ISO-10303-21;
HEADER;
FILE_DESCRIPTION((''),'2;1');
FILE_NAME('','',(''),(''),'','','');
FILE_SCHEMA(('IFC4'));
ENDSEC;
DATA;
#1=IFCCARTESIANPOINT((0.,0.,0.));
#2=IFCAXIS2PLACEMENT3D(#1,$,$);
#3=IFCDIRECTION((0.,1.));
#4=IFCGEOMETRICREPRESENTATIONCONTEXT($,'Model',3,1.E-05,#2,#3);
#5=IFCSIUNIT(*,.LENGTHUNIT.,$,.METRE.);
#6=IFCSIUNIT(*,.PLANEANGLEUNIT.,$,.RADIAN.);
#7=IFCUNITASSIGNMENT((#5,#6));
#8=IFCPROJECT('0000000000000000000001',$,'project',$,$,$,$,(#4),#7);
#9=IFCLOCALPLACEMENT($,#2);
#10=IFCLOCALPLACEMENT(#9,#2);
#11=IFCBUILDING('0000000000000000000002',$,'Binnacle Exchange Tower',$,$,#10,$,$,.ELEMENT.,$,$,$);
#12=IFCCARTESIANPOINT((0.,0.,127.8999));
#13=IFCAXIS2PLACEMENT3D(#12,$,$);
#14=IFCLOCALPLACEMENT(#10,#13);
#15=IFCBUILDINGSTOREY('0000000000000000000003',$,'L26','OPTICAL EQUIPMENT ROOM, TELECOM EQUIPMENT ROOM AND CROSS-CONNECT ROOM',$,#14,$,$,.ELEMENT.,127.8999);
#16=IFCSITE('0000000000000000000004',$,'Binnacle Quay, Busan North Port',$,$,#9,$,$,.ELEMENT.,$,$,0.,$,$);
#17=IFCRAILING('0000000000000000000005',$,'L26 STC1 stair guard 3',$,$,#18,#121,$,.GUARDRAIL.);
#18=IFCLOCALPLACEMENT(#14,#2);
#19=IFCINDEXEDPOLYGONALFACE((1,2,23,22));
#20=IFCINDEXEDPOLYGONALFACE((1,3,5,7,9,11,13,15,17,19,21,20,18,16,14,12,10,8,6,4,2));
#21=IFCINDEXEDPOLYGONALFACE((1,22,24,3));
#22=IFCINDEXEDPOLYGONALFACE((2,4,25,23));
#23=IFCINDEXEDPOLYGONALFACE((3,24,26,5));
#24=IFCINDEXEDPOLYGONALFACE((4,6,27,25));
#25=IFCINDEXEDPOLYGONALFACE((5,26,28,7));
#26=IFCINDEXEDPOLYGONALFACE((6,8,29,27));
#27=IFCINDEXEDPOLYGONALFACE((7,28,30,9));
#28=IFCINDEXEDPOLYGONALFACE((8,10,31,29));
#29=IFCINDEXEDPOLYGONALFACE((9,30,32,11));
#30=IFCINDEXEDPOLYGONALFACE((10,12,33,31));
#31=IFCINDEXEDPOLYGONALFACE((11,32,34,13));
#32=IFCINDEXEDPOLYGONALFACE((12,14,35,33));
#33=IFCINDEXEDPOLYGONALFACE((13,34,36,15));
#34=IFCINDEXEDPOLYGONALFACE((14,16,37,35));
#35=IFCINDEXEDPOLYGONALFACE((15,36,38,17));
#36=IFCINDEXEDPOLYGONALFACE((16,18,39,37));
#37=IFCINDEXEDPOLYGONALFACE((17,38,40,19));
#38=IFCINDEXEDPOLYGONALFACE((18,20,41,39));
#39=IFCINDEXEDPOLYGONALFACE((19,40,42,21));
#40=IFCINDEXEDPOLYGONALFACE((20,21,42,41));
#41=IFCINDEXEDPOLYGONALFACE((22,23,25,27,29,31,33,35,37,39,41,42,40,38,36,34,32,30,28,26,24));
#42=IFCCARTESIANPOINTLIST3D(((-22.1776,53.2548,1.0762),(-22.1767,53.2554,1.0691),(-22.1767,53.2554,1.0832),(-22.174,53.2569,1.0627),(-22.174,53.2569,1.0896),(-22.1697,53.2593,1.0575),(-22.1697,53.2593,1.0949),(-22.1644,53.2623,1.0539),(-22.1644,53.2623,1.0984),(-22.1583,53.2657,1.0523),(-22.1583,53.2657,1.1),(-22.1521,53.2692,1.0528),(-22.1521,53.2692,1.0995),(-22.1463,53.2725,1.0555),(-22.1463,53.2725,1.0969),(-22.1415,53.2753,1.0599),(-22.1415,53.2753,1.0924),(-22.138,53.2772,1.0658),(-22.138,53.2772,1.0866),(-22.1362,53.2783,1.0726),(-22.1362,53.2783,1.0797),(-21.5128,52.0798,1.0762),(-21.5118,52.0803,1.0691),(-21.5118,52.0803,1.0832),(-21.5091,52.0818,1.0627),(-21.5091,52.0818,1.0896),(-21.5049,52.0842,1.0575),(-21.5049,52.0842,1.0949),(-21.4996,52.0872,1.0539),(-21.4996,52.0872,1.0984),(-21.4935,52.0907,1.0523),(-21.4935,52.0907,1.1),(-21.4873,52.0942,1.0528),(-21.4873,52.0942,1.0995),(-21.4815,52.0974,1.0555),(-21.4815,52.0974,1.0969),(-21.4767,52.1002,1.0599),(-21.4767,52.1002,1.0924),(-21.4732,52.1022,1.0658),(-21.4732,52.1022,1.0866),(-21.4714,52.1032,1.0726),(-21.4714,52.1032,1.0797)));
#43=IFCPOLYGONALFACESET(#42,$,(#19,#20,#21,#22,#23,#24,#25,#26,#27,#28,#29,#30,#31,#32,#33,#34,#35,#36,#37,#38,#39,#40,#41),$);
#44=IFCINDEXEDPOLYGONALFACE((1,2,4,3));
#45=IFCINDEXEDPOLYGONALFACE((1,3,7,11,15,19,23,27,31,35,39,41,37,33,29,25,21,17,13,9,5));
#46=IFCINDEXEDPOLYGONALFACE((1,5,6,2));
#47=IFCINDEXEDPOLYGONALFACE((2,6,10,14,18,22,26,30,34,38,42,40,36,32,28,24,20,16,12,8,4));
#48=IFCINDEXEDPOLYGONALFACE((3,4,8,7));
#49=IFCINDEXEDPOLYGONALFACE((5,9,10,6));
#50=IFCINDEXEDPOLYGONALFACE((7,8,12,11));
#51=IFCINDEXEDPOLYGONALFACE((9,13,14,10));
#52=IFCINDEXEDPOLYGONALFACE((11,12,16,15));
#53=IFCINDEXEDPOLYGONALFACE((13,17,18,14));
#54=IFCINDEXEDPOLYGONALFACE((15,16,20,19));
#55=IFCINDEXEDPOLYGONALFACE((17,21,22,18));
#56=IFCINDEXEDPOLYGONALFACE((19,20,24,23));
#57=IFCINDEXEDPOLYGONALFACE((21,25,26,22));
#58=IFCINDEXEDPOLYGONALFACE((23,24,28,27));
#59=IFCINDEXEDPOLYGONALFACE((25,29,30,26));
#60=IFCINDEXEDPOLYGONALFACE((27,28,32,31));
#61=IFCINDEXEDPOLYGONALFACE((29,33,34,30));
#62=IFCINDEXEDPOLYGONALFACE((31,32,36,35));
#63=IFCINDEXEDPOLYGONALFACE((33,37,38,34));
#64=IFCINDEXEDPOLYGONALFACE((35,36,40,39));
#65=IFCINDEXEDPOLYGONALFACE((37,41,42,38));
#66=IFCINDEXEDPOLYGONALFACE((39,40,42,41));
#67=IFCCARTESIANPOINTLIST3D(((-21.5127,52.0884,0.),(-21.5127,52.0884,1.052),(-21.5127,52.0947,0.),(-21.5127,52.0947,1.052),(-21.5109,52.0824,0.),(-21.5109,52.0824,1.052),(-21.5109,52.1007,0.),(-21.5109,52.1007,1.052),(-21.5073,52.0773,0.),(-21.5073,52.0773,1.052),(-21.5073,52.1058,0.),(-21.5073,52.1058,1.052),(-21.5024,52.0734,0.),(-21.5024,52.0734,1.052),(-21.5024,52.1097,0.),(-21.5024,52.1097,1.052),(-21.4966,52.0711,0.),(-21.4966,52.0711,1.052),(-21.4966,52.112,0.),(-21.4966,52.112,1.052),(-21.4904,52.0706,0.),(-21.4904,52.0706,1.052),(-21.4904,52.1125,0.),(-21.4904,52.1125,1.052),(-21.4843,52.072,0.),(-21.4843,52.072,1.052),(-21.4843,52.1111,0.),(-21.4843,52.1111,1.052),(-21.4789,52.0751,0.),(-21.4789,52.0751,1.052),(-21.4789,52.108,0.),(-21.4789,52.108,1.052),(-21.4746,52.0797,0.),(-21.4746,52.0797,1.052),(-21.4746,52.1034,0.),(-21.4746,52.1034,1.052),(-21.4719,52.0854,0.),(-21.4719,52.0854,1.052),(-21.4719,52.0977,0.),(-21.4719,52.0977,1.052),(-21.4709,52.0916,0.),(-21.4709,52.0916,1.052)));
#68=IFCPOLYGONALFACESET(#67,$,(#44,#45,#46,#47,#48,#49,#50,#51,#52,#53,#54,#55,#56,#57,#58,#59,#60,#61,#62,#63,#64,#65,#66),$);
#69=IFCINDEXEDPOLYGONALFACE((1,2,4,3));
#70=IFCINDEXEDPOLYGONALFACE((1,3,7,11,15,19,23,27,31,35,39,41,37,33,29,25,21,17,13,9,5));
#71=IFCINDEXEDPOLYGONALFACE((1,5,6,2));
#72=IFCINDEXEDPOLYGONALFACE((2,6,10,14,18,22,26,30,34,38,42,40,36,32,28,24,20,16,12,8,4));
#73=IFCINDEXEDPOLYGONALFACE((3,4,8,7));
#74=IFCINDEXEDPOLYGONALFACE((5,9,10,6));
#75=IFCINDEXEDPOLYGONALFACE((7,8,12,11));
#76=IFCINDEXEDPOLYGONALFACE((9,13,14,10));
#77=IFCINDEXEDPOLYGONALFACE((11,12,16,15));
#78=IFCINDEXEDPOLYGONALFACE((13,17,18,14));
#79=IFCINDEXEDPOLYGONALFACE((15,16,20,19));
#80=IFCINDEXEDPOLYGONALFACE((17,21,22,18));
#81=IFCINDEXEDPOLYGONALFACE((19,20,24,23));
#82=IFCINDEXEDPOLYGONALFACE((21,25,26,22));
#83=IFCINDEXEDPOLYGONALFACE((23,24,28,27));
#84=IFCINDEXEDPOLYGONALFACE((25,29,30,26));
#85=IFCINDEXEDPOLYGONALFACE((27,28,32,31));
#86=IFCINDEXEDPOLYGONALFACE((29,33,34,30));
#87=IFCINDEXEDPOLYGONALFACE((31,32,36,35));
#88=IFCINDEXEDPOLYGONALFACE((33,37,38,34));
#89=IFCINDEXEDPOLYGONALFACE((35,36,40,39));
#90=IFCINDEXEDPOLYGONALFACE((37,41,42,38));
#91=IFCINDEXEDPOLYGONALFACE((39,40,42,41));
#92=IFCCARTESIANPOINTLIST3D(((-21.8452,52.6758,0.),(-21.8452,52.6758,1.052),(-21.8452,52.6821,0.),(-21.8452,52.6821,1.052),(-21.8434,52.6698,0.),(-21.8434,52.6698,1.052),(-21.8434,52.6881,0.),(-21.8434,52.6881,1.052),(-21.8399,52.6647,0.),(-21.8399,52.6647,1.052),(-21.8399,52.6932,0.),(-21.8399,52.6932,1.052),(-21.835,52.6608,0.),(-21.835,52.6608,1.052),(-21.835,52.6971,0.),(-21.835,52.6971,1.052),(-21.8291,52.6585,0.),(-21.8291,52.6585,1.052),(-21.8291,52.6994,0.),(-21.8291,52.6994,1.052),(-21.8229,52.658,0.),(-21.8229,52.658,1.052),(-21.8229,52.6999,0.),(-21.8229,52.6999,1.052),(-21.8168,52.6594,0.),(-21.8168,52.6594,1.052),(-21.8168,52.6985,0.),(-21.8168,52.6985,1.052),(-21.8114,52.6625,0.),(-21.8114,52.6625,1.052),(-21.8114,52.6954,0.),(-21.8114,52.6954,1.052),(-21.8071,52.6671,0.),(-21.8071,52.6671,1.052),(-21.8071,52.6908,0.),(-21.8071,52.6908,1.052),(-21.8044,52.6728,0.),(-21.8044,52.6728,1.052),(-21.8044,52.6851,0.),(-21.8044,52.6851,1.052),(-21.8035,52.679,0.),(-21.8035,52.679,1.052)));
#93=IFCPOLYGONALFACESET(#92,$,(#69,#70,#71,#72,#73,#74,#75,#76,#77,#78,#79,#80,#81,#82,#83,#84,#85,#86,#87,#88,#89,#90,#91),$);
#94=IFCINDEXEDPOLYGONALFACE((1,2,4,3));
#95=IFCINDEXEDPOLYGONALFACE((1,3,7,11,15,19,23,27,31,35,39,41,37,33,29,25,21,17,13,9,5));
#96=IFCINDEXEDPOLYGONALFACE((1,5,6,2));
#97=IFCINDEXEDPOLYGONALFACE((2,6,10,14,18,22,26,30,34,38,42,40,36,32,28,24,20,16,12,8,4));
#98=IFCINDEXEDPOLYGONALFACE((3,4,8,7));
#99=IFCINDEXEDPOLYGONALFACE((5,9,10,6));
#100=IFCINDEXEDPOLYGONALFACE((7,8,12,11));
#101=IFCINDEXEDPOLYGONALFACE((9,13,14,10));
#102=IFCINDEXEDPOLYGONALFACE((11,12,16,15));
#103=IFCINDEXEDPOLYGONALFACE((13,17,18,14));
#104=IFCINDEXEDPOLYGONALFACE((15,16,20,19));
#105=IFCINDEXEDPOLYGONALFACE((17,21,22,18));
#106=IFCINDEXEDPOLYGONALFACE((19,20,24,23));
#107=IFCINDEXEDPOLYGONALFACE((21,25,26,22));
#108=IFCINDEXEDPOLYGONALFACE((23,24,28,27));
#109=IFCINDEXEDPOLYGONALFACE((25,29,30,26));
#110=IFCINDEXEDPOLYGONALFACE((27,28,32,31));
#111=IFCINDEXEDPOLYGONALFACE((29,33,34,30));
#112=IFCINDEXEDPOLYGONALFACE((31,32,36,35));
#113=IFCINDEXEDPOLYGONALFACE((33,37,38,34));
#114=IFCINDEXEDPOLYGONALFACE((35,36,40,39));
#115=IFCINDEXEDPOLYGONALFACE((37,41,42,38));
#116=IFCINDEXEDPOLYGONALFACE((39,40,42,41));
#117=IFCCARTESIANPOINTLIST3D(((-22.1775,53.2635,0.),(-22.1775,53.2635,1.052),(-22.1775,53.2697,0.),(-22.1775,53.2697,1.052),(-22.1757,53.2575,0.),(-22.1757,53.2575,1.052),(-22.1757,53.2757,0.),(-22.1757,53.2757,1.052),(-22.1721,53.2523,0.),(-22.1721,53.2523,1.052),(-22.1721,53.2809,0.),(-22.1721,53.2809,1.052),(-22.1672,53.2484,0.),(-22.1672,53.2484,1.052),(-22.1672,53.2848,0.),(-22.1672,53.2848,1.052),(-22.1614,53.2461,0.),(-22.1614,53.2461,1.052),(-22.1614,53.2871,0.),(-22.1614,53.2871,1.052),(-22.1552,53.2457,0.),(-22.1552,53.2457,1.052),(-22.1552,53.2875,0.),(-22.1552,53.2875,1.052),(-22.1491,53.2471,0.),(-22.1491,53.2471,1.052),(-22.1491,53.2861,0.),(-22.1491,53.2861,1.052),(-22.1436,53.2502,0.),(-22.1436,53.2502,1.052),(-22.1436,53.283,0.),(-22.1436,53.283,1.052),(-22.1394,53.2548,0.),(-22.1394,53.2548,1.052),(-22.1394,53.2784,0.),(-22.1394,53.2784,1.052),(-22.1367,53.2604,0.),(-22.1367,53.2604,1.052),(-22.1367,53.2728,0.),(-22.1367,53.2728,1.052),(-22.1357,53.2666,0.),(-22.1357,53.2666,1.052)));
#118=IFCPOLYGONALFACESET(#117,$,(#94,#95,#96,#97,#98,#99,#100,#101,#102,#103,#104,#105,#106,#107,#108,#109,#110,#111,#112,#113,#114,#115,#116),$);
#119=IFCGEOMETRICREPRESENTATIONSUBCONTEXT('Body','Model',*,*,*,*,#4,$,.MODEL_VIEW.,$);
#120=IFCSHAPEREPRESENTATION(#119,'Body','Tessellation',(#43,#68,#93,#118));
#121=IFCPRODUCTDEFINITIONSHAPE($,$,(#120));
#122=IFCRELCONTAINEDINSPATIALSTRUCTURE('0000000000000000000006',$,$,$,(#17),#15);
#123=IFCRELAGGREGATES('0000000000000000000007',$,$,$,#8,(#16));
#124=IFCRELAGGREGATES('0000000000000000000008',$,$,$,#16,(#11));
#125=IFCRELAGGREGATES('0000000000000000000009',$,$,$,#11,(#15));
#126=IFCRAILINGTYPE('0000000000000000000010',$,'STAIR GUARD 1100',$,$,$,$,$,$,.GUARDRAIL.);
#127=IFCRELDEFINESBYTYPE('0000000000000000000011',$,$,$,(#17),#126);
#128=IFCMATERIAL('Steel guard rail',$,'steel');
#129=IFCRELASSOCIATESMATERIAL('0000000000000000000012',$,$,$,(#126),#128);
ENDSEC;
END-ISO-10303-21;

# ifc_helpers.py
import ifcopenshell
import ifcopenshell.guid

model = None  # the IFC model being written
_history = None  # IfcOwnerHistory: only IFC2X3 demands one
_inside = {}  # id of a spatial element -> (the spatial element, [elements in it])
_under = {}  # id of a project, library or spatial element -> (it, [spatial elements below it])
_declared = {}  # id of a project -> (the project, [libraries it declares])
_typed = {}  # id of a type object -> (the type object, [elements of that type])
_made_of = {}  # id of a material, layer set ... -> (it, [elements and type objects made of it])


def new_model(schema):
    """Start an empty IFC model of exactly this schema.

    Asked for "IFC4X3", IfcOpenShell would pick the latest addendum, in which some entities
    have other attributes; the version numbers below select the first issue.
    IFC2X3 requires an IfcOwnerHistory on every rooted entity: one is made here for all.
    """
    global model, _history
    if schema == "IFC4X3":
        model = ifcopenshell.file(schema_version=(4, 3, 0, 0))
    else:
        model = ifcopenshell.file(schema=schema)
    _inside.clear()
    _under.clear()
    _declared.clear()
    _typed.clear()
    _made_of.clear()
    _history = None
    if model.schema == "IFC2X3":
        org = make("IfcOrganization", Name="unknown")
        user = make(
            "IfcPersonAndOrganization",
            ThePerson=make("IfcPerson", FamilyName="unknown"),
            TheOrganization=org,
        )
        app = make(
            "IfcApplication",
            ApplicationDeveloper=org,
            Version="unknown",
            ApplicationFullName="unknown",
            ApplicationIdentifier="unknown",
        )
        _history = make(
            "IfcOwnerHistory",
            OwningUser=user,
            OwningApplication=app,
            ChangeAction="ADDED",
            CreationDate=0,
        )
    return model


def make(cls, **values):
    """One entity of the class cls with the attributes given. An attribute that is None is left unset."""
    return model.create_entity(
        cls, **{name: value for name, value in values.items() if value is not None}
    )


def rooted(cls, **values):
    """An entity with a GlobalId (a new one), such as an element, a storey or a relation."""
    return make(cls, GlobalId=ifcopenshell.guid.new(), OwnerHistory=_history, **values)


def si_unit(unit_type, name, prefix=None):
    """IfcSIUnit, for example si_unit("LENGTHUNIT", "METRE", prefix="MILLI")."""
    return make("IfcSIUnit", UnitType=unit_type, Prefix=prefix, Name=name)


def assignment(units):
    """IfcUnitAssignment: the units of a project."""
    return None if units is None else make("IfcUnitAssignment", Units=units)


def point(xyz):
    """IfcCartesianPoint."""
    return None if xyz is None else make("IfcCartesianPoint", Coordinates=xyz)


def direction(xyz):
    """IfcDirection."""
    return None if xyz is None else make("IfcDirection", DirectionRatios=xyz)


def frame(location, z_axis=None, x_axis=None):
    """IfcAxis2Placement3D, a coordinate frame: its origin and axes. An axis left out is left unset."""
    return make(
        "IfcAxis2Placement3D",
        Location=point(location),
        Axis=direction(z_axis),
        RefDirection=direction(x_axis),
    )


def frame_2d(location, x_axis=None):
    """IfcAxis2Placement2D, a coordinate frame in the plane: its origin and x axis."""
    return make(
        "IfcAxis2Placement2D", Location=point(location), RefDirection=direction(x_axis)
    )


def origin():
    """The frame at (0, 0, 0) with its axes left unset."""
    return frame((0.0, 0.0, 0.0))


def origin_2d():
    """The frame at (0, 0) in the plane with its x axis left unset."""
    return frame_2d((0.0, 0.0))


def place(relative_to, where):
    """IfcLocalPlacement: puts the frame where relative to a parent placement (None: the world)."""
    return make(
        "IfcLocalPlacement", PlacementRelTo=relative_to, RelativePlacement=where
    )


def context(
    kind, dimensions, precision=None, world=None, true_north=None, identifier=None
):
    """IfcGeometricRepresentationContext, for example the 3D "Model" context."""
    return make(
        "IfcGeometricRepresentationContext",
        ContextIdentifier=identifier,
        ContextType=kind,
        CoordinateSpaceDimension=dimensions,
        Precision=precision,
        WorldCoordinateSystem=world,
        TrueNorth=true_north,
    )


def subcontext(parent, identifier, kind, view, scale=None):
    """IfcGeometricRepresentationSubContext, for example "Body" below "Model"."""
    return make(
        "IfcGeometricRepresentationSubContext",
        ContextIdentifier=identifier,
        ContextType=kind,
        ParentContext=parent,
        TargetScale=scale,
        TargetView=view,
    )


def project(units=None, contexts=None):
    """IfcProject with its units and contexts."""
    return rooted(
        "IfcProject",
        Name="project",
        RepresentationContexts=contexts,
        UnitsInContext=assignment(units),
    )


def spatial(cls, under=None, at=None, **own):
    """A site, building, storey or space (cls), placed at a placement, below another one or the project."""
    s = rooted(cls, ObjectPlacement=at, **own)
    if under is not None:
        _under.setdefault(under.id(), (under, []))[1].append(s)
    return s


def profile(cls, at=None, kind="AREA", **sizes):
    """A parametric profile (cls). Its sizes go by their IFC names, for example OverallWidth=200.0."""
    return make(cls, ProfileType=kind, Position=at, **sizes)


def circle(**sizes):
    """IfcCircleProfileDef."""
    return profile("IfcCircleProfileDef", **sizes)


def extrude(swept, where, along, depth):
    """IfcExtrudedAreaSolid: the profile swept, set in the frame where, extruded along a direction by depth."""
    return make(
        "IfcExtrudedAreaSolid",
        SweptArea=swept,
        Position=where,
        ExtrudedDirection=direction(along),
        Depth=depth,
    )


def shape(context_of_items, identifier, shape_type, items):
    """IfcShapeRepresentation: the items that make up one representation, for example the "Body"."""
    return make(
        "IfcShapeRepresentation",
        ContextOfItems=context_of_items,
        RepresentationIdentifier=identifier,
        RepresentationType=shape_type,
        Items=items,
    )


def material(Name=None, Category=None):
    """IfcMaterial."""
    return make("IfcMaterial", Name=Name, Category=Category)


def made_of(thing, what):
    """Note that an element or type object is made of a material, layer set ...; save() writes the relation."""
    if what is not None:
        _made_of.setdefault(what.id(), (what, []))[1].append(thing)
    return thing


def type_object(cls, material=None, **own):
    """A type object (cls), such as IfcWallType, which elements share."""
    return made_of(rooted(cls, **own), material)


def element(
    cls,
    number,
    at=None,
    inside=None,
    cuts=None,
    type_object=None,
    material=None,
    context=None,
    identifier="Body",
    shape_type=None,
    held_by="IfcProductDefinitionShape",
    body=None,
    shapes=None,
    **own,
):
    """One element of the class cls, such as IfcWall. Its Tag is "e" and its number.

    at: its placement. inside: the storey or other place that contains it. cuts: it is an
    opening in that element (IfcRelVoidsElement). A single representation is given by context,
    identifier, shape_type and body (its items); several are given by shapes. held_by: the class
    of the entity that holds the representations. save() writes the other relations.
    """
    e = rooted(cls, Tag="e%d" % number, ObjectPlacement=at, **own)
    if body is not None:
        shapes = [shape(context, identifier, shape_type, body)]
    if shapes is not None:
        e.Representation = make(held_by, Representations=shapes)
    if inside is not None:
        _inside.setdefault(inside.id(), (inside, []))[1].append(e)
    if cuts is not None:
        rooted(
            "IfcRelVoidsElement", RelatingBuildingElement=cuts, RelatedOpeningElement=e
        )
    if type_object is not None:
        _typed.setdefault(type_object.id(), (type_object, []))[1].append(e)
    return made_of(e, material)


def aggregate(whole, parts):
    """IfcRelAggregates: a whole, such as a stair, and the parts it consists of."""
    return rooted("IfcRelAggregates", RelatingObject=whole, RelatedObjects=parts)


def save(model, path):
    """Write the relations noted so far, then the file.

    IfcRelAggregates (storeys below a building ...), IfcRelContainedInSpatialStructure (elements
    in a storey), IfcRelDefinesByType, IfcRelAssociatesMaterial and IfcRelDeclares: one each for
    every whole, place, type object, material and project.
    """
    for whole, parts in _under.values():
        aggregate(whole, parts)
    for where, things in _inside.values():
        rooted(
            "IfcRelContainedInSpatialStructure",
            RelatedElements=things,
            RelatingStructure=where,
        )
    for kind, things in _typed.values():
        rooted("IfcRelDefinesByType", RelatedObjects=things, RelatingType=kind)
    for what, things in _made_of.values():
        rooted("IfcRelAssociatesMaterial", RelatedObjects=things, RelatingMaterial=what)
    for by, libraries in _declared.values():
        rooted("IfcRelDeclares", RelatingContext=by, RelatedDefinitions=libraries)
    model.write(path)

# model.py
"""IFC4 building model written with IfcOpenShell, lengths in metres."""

from ifc_helpers import new_model, si_unit, direction, frame, origin, origin_2d, place, context, subcontext, project, spatial, circle, extrude, material, type_object, element, save


model = new_model("IFC4")

# Units and contexts
model_context = context("Model", 3, precision=1e-05, world=origin(), true_north=direction((0.0, 1.0)))
body_context = subcontext(model_context, "Body", "Model", "MODEL_VIEW")
ifc_project = project(units=[si_unit("LENGTHUNIT", "METRE"), si_unit("PLANEANGLEUNIT", "RADIAN")], contexts=[model_context])

# Site, building, storey
site_placement = place(None, origin())
site = spatial("IfcSite", under=ifc_project, at=site_placement, Name="Binnacle Quay, Busan North Port", CompositionType="ELEMENT", RefElevation=0.0)
building_placement = place(site_placement, origin())
building = spatial("IfcBuilding", under=site, at=building_placement, Name="Binnacle Exchange Tower", CompositionType="ELEMENT")
storey_placement = place(building_placement, frame((0.0, 0.0, 127.8999)))
storey = spatial("IfcBuildingStorey", under=building, at=storey_placement, Name="L26", Description="OPTICAL EQUIPMENT ROOM, TELECOM EQUIPMENT ROOM AND CROSS-CONNECT ROOM", CompositionType="ELEMENT", Elevation=127.8999)

# Railing
ifc_material_1 = material(Name="Steel guard rail", Category="steel")
railing_type_1 = type_object("IfcRailingType", Name="STAIR GUARD 1100", PredefinedType="GUARDRAIL", material=ifc_material_1)
railing_1_placement = place(storey_placement, frame((-21.4919, 52.0916, 0.0)))
element("IfcRailing", 1, at=railing_1_placement, inside=storey, type_object=railing_type_1, Name="L26 STC1 stair guard 3", PredefinedType="GUARDRAIL", context=body_context, shape_type="SweptSolid", body=[
    extrude(circle(Radius=0.0239, at=origin_2d()), frame((0.0, 0.0, 1.0762), z_axis=(-0.492415, 0.870361, 0.0), x_axis=(-0.870361, -0.492415, 0.0)), (0.0, 0.0, 1.0), 1.3501),
    extrude(circle(Radius=0.021, at=origin_2d()), origin(), (0.0, 0.0, 1.0), 1.052),
    extrude(circle(Radius=0.021, at=origin_2d()), frame((-0.3325, 0.5874, 0.0)), (0.0, 0.0, 1.0), 1.052),
    extrude(circle(Radius=0.021, at=origin_2d()), frame((-0.6648, 1.175, 0.0)), (0.0, 0.0, 1.0), 1.052),
])

save(model, "model.ifc")
